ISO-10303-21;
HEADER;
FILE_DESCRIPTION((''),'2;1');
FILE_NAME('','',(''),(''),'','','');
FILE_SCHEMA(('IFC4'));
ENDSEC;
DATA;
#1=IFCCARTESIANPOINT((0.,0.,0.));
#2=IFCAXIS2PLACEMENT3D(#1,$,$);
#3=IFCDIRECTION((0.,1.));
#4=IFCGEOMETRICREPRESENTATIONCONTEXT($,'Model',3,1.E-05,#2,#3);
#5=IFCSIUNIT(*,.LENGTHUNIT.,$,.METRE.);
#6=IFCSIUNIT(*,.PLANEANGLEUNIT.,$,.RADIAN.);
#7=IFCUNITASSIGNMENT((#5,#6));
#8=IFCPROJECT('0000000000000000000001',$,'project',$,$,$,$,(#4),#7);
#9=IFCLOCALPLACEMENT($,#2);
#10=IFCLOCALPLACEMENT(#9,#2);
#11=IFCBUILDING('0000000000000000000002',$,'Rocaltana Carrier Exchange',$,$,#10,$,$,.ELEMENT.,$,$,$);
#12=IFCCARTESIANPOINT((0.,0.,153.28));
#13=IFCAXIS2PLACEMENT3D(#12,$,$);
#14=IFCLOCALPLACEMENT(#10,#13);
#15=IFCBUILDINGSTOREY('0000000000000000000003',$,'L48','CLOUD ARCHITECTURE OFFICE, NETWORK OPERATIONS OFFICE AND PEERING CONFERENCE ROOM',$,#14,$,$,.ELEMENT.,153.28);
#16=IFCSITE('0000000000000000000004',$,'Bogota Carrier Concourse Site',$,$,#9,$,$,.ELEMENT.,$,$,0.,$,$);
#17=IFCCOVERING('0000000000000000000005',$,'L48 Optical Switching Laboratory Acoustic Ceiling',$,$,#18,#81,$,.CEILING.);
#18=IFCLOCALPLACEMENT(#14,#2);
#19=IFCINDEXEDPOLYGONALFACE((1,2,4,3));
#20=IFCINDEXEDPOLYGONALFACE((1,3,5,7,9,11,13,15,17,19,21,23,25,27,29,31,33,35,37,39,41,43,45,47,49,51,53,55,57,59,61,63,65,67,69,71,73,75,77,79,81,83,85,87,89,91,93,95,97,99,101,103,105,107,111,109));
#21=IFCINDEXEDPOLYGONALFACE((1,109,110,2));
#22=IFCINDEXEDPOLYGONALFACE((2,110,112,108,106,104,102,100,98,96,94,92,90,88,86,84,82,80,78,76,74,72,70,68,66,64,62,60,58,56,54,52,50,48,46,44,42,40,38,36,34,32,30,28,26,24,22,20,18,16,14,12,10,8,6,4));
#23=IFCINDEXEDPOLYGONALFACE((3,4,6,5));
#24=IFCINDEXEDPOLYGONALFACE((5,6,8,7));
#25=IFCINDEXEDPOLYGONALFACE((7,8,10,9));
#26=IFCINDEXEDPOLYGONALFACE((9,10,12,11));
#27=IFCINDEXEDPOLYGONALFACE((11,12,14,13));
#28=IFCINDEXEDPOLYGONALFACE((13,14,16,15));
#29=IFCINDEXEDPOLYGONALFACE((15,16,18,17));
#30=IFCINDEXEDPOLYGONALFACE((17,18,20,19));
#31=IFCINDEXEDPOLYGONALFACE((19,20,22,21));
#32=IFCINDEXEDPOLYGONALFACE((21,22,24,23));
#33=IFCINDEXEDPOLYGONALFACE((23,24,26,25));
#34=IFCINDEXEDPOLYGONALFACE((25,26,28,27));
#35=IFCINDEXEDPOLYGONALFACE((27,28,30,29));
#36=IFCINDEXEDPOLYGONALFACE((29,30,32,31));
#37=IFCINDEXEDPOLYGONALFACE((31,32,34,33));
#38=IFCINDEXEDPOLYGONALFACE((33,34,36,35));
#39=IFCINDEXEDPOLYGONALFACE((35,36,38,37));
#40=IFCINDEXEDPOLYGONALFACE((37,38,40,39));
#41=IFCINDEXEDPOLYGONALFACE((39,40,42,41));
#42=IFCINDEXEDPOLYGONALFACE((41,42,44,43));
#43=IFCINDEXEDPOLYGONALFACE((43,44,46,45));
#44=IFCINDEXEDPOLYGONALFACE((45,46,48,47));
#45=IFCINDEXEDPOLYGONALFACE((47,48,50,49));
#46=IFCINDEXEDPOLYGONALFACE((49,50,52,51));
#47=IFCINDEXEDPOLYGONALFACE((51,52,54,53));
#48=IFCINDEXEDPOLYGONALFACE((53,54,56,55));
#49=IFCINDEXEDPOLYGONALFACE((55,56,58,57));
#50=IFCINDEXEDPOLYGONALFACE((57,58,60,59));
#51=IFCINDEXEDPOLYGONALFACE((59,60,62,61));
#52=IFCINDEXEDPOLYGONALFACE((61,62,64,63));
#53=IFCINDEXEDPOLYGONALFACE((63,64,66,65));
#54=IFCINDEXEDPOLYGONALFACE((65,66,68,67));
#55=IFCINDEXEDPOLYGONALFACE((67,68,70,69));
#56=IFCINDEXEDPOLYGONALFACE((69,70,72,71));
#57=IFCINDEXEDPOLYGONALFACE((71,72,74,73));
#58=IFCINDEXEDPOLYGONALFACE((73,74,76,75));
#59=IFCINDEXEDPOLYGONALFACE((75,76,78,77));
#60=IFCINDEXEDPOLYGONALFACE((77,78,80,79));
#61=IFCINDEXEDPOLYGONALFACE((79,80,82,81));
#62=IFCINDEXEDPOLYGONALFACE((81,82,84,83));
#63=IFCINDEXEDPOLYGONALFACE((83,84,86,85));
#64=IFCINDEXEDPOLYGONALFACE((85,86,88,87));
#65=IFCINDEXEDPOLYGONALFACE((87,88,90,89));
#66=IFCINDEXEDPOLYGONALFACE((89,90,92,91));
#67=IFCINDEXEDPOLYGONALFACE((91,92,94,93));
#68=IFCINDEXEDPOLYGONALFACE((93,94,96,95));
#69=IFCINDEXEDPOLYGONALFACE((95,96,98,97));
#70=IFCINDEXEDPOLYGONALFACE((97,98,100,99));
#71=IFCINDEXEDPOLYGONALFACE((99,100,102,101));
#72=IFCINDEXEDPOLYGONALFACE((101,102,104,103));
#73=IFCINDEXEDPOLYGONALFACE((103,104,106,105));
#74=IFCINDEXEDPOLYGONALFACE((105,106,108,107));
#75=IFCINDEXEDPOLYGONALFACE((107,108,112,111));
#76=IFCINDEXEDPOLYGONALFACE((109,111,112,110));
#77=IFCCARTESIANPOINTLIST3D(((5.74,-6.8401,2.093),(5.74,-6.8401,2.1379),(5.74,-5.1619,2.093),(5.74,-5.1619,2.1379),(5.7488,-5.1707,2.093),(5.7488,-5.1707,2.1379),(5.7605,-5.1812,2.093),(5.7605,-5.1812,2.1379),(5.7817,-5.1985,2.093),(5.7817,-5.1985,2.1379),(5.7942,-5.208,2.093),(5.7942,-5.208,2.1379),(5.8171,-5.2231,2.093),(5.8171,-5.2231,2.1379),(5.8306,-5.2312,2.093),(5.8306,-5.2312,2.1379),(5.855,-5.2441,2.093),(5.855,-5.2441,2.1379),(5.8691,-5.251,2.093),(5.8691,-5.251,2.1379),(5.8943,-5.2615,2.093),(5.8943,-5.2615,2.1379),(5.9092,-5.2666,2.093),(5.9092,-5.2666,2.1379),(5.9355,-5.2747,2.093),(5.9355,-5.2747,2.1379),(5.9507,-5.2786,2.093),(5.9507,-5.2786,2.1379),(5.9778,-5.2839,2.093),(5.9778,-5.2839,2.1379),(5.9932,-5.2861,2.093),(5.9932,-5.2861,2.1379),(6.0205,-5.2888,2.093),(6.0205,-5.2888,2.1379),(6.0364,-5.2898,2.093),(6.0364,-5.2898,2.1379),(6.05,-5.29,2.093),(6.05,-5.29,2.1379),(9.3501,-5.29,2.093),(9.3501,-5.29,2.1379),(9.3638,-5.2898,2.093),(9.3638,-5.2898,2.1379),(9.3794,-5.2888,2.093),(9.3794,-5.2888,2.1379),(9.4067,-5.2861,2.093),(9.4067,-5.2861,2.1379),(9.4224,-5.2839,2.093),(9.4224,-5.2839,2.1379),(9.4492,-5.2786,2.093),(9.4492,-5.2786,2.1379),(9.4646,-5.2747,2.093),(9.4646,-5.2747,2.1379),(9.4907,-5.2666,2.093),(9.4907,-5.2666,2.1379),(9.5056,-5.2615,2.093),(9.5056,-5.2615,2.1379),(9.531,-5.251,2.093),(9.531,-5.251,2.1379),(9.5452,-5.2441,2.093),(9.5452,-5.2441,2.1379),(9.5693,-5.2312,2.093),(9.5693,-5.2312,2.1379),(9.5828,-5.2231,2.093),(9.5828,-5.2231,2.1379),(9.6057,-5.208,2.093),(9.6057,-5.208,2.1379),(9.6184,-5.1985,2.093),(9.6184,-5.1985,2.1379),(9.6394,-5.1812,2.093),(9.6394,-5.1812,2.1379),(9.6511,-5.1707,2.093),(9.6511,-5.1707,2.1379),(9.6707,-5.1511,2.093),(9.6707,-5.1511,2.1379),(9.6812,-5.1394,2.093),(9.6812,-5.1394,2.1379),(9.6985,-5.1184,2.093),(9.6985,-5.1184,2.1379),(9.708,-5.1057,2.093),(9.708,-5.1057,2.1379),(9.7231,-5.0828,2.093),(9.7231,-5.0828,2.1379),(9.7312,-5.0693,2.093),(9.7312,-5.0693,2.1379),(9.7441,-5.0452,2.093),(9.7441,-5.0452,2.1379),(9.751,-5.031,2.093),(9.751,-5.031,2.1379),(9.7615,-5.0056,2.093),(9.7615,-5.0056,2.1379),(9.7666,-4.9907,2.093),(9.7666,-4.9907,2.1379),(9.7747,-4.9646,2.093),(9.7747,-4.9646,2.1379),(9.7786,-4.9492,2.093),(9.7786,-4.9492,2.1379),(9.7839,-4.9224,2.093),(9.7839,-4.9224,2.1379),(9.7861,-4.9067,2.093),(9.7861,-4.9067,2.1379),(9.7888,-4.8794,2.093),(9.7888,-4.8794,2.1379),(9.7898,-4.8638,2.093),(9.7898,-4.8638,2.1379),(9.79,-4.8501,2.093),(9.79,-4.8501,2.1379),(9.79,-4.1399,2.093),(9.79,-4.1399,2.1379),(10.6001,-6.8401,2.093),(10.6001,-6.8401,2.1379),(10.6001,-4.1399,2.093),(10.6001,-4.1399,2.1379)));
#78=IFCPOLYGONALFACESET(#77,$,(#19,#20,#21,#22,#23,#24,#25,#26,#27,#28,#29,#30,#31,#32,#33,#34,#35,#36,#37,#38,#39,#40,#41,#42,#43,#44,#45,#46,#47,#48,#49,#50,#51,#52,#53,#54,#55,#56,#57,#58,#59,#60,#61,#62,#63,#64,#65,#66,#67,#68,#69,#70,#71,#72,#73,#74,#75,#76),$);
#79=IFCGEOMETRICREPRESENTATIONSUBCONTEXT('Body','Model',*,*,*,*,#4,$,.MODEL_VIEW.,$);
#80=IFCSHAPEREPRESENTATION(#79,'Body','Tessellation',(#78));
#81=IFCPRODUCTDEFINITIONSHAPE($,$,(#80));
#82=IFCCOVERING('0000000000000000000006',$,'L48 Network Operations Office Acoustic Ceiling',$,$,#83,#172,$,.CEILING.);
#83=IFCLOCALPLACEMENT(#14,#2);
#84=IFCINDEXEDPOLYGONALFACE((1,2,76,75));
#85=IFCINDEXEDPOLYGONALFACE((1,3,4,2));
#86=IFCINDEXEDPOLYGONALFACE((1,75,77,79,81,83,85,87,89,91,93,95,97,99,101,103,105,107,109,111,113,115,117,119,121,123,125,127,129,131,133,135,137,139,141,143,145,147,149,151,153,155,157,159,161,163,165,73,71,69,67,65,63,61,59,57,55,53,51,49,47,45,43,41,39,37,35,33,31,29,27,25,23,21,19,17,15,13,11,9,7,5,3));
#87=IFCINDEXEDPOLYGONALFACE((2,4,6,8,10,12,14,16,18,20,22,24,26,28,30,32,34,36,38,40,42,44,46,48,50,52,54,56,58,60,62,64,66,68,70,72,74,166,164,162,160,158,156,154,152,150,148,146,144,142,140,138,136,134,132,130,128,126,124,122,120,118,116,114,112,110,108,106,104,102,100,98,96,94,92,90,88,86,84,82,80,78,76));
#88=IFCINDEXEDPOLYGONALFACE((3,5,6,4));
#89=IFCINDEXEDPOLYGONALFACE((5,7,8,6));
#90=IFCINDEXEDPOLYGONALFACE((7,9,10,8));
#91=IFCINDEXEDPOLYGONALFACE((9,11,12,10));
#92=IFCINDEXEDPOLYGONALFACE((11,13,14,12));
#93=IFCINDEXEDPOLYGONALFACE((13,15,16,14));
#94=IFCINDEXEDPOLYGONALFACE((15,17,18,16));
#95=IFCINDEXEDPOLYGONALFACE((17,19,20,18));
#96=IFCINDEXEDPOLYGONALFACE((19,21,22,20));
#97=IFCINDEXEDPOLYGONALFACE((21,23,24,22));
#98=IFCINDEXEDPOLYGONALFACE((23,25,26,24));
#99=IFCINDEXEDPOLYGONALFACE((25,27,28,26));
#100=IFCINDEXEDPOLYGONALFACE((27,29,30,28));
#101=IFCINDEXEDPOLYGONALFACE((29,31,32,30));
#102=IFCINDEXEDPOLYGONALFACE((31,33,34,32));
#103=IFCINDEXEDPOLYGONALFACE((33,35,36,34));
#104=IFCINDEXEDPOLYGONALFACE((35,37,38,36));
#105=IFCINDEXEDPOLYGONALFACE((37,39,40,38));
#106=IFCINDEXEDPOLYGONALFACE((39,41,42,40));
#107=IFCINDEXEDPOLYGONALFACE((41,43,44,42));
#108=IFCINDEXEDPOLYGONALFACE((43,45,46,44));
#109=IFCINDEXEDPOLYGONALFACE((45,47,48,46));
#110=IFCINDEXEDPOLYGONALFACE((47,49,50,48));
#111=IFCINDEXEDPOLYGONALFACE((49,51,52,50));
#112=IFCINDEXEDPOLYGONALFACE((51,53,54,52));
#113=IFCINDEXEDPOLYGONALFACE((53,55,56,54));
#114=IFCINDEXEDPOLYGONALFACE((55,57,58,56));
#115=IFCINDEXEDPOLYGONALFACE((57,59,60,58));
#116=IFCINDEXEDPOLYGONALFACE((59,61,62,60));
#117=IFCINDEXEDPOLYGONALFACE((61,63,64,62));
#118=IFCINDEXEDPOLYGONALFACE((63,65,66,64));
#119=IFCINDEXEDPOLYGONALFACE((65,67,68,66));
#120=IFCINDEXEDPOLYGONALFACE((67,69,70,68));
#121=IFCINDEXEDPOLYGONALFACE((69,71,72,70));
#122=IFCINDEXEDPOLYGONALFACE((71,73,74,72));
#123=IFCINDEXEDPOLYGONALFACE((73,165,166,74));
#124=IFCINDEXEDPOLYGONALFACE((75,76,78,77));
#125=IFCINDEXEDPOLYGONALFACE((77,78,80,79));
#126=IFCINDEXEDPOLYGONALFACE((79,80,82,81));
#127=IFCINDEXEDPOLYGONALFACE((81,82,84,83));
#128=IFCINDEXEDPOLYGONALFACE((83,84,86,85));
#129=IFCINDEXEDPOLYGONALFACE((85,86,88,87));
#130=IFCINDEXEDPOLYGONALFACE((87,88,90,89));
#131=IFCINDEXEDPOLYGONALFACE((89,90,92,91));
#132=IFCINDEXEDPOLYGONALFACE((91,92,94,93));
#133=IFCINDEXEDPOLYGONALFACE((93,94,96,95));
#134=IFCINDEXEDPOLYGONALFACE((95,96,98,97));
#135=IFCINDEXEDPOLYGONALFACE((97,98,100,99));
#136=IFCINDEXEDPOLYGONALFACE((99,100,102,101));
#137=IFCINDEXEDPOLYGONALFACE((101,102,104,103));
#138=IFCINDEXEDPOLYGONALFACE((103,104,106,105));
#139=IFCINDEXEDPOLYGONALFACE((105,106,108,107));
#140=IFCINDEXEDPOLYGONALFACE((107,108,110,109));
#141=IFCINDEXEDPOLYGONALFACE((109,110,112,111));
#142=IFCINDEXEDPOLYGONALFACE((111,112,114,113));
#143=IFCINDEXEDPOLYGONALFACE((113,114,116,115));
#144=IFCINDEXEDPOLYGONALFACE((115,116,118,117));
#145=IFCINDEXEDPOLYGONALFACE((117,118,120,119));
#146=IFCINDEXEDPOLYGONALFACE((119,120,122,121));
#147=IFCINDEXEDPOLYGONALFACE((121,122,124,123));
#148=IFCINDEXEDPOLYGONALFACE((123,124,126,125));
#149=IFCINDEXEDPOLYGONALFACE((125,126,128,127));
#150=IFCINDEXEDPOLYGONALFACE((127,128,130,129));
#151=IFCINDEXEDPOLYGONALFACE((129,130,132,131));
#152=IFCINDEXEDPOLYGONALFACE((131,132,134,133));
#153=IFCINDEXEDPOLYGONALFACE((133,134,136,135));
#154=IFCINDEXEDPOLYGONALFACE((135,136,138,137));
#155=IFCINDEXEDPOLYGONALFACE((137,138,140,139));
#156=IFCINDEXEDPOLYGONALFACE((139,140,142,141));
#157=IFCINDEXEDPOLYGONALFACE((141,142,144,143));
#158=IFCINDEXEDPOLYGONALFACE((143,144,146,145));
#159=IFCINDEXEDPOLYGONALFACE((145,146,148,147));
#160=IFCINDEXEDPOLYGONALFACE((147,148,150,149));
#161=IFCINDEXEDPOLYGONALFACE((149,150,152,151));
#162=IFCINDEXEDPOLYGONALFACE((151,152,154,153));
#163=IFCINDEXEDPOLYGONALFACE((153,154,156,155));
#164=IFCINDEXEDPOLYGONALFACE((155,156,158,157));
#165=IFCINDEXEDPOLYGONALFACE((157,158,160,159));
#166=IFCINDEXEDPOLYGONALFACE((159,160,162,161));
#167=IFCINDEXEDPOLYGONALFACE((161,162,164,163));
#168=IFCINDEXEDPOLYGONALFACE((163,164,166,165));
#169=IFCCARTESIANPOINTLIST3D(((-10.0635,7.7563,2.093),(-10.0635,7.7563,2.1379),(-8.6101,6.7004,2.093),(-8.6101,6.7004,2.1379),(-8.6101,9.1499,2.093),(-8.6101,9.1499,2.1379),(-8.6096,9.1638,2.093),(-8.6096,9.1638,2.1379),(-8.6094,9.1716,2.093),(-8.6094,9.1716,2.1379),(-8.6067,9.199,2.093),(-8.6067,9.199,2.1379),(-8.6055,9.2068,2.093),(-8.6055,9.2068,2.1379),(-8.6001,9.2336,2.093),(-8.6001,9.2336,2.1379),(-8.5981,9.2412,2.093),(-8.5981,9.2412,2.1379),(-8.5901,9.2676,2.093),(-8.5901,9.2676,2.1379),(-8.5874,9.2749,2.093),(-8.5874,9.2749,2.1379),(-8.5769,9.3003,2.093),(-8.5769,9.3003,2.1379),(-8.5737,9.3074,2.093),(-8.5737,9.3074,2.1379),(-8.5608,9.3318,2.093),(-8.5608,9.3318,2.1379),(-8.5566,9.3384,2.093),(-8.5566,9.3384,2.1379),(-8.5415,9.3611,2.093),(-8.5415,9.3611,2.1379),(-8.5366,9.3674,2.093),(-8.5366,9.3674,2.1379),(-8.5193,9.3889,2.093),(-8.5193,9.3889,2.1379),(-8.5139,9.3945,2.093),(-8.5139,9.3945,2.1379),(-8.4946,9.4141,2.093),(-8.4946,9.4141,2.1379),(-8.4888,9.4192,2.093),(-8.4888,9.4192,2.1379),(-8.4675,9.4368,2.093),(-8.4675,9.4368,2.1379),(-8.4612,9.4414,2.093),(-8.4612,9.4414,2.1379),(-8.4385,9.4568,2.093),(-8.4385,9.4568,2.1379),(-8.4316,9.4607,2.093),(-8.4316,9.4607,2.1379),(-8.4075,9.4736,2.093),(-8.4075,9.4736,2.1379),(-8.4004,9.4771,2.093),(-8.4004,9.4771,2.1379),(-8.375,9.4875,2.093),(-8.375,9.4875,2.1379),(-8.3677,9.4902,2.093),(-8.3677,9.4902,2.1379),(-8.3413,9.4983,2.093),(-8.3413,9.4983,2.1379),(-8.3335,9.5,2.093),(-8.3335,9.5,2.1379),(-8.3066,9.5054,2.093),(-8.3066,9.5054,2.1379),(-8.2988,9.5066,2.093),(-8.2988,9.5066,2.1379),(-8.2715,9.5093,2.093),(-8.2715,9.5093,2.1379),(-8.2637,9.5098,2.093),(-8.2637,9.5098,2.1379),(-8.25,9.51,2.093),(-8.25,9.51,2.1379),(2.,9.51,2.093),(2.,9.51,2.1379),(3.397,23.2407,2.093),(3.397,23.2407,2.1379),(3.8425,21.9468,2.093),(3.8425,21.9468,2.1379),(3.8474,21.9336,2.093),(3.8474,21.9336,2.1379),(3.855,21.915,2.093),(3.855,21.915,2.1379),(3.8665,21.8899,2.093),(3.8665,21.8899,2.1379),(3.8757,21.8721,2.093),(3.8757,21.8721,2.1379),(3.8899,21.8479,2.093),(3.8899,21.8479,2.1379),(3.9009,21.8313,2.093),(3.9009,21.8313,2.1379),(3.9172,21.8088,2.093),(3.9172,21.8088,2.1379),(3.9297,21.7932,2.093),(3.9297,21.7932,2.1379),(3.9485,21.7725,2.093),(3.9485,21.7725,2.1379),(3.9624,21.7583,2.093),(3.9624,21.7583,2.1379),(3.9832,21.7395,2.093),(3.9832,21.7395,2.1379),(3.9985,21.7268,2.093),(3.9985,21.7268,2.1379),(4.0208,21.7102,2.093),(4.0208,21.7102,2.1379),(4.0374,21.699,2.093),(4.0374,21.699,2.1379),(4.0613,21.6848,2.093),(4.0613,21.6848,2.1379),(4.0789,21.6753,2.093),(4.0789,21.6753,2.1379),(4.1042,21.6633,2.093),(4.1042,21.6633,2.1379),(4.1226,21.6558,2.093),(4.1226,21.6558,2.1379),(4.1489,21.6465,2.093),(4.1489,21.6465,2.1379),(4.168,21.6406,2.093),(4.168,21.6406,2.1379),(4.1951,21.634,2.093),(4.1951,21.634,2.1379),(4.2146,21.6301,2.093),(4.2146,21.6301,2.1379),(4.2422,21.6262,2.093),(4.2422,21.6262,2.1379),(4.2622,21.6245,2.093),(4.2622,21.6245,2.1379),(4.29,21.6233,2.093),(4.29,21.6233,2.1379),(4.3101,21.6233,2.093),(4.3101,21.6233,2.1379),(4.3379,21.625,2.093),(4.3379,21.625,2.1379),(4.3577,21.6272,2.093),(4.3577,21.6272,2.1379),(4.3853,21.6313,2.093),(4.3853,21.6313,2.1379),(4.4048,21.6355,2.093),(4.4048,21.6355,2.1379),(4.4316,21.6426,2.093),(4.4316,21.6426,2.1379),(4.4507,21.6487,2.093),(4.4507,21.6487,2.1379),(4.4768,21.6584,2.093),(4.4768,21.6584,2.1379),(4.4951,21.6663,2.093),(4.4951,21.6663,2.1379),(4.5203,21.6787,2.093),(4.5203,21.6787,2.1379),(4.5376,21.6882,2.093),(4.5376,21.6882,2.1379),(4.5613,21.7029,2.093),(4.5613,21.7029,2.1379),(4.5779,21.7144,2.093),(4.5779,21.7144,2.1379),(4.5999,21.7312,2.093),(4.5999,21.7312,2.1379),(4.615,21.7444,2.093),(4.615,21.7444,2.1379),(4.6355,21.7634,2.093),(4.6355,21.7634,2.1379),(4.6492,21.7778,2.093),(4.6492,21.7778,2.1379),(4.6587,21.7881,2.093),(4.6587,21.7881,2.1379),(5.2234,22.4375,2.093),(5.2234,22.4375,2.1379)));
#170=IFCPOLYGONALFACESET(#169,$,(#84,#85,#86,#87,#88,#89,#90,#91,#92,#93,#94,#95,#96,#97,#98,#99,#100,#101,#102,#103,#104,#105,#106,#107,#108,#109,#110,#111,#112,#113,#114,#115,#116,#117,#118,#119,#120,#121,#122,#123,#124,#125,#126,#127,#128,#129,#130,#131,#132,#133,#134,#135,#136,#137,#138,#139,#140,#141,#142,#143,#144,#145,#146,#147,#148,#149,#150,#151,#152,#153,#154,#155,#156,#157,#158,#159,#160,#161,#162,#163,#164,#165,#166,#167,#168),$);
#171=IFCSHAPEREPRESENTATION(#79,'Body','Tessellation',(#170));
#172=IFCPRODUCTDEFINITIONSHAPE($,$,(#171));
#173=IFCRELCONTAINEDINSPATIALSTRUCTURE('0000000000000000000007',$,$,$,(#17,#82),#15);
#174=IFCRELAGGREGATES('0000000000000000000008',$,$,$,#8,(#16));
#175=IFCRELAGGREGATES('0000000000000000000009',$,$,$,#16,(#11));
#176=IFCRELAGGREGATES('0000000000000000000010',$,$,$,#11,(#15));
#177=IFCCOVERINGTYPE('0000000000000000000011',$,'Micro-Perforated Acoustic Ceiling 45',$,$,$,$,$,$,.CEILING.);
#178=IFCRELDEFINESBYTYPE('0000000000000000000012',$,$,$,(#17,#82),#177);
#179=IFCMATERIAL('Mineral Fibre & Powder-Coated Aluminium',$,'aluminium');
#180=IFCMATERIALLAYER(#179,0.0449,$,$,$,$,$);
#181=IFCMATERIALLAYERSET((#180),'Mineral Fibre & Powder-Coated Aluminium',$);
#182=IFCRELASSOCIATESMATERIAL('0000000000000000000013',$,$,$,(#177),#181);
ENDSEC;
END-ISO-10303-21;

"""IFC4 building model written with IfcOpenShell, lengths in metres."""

from ifc_helpers import new_model, si_unit, direction, frame, origin, place, context, subcontext, project, spatial, polyline, outline, extrude, material, layer, layer_set, type_object, element, save


model = new_model("IFC4")

# Units and contexts
model_context = context("Model", 3, precision=1e-05, world=origin(), true_north=direction((0.0, 1.0)))
body_context = subcontext(model_context, "Body", "Model", "MODEL_VIEW")
ifc_project = project(units=[si_unit("LENGTHUNIT", "METRE"), si_unit("PLANEANGLEUNIT", "RADIAN")], contexts=[model_context])

# Site, building, storey
site_placement = place(None, origin())
site = spatial("IfcSite", under=ifc_project, at=site_placement, Name="Bogota Carrier Concourse Site", CompositionType="ELEMENT", RefElevation=0.0)
building_placement = place(site_placement, origin())
building = spatial("IfcBuilding", under=site, at=building_placement, Name="Rocaltana Carrier Exchange", CompositionType="ELEMENT")
storey_placement = place(building_placement, frame((0.0, 0.0, 153.28)))
storey = spatial("IfcBuildingStorey", under=building, at=storey_placement, Name="L48", Description="CLOUD ARCHITECTURE OFFICE, NETWORK OPERATIONS OFFICE AND PEERING CONFERENCE ROOM", CompositionType="ELEMENT", Elevation=153.28)

# Coverings
ifc_material_1 = material(Name="Mineral Fibre & Powder-Coated Aluminium", Category="aluminium")
ifc_layer_1 = layer(ifc_material_1, 0.0449)
ifc_layer_set_1 = layer_set([ifc_layer_1], Name="Mineral Fibre & Powder-Coated Aluminium")
covering_type_1 = type_object("IfcCoveringType", Name="Micro-Perforated Acoustic Ceiling 45", PredefinedType="CEILING", material=ifc_layer_set_1)
covering_1_placement = place(storey_placement, frame((0.0, 0.0, 2.093)))
element("IfcCovering", 1, at=covering_1_placement, inside=storey, type_object=covering_type_1, Name="L48 Optical Switching Laboratory Acoustic Ceiling", PredefinedType="CEILING", context=body_context, shape_type="SweptSolid", body=[
    extrude(outline(polyline([(5.74, -6.8401), (5.74, -5.1619), (5.7488, -5.1707), (5.7605, -5.1812), (5.7817, -5.1985), (5.7942, -5.208), (5.8171, -5.2231), (5.8306, -5.2312), (5.855, -5.2441), (5.8691, -5.251), (5.8943, -5.2615), (5.9092, -5.2666), (5.9355, -5.2747), (5.9507, -5.2786), (5.9778, -5.2839), (5.9932, -5.2861), (6.0205, -5.2888), (6.0364, -5.2898), (6.05, -5.29), (9.3501, -5.29), (9.3638, -5.2898), (9.3794, -5.2888), (9.4067, -5.2861), (9.4224, -5.2839), (9.4492, -5.2786), (9.4646, -5.2747), (9.4907, -5.2666), (9.5056, -5.2615), (9.531, -5.251), (9.5452, -5.2441), (9.5693, -5.2312), (9.5828, -5.2231), (9.6057, -5.208), (9.6184, -5.1985), (9.6394, -5.1812), (9.6511, -5.1707), (9.6707, -5.1511), (9.6812, -5.1394), (9.6985, -5.1184), (9.708, -5.1057), (9.7231, -5.0828), (9.7312, -5.0693), (9.7441, -5.0452), (9.751, -5.031), (9.7615, -5.0056), (9.7666, -4.9907), (9.7747, -4.9646), (9.7786, -4.9492), (9.7839, -4.9224), (9.7861, -4.9067), (9.7888, -4.8794), (9.7898, -4.8638), (9.79, -4.8501), (9.79, -4.1399), (10.6001, -4.1399), (10.6001, -6.8401), (5.74, -6.8401)])), origin(), (0.0, 0.0, 1.0), 0.0449),
])
covering_2_placement = place(storey_placement, frame((0.0, 0.0, 2.093)))
element("IfcCovering", 2, at=covering_2_placement, inside=storey, type_object=covering_type_1, Name="L48 Network Operations Office Acoustic Ceiling", PredefinedType="CEILING", context=body_context, shape_type="SweptSolid", body=[
    extrude(outline(polyline([(3.397, 23.2407), (3.8425, 21.9468), (3.8474, 21.9336), (3.855, 21.915), (3.8665, 21.8899), (3.8757, 21.8721), (3.8899, 21.8479), (3.9009, 21.8313), (3.9172, 21.8088), (3.9297, 21.7932), (3.9485, 21.7725), (3.9624, 21.7583), (3.9832, 21.7395), (3.9985, 21.7268), (4.0208, 21.7102), (4.0374, 21.699), (4.0613, 21.6848), (4.0789, 21.6753), (4.1042, 21.6633), (4.1226, 21.6558), (4.1489, 21.6465), (4.168, 21.6406), (4.1951, 21.634), (4.2146, 21.6301), (4.2422, 21.6262), (4.2622, 21.6245), (4.29, 21.6233), (4.3101, 21.6233), (4.3379, 21.625), (4.3577, 21.6272), (4.3853, 21.6313), (4.4048, 21.6355), (4.4316, 21.6426), (4.4507, 21.6487), (4.4768, 21.6584), (4.4951, 21.6663), (4.5203, 21.6787), (4.5376, 21.6882), (4.5613, 21.7029), (4.5779, 21.7144), (4.5999, 21.7312), (4.615, 21.7444), (4.6355, 21.7634), (4.6492, 21.7778), (4.6587, 21.7881), (5.2234, 22.4375), (2.0, 9.51), (-8.25, 9.51), (-8.2637, 9.5098), (-8.2715, 9.5093), (-8.2988, 9.5066), (-8.3066, 9.5054), (-8.3335, 9.5), (-8.3413, 9.4983), (-8.3677, 9.4902), (-8.375, 9.4875), (-8.4004, 9.4771), (-8.4075, 9.4736), (-8.4316, 9.4607), (-8.4385, 9.4568), (-8.4612, 9.4414), (-8.4675, 9.4368), (-8.4888, 9.4192), (-8.4946, 9.4141), (-8.5139, 9.3945), (-8.5193, 9.3889), (-8.5366, 9.3674), (-8.5415, 9.3611), (-8.5566, 9.3384), (-8.5608, 9.3318), (-8.5737, 9.3074), (-8.5769, 9.3003), (-8.5874, 9.2749), (-8.5901, 9.2676), (-8.5981, 9.2412), (-8.6001, 9.2336), (-8.6055, 9.2068), (-8.6067, 9.199), (-8.6094, 9.1716), (-8.6096, 9.1638), (-8.6101, 9.1499), (-8.6101, 6.7004), (-10.0635, 7.7563), (3.397, 23.2407)])), origin(), (0.0, 0.0, 1.0), 0.0449),
])

save(model, "model.ifc")
